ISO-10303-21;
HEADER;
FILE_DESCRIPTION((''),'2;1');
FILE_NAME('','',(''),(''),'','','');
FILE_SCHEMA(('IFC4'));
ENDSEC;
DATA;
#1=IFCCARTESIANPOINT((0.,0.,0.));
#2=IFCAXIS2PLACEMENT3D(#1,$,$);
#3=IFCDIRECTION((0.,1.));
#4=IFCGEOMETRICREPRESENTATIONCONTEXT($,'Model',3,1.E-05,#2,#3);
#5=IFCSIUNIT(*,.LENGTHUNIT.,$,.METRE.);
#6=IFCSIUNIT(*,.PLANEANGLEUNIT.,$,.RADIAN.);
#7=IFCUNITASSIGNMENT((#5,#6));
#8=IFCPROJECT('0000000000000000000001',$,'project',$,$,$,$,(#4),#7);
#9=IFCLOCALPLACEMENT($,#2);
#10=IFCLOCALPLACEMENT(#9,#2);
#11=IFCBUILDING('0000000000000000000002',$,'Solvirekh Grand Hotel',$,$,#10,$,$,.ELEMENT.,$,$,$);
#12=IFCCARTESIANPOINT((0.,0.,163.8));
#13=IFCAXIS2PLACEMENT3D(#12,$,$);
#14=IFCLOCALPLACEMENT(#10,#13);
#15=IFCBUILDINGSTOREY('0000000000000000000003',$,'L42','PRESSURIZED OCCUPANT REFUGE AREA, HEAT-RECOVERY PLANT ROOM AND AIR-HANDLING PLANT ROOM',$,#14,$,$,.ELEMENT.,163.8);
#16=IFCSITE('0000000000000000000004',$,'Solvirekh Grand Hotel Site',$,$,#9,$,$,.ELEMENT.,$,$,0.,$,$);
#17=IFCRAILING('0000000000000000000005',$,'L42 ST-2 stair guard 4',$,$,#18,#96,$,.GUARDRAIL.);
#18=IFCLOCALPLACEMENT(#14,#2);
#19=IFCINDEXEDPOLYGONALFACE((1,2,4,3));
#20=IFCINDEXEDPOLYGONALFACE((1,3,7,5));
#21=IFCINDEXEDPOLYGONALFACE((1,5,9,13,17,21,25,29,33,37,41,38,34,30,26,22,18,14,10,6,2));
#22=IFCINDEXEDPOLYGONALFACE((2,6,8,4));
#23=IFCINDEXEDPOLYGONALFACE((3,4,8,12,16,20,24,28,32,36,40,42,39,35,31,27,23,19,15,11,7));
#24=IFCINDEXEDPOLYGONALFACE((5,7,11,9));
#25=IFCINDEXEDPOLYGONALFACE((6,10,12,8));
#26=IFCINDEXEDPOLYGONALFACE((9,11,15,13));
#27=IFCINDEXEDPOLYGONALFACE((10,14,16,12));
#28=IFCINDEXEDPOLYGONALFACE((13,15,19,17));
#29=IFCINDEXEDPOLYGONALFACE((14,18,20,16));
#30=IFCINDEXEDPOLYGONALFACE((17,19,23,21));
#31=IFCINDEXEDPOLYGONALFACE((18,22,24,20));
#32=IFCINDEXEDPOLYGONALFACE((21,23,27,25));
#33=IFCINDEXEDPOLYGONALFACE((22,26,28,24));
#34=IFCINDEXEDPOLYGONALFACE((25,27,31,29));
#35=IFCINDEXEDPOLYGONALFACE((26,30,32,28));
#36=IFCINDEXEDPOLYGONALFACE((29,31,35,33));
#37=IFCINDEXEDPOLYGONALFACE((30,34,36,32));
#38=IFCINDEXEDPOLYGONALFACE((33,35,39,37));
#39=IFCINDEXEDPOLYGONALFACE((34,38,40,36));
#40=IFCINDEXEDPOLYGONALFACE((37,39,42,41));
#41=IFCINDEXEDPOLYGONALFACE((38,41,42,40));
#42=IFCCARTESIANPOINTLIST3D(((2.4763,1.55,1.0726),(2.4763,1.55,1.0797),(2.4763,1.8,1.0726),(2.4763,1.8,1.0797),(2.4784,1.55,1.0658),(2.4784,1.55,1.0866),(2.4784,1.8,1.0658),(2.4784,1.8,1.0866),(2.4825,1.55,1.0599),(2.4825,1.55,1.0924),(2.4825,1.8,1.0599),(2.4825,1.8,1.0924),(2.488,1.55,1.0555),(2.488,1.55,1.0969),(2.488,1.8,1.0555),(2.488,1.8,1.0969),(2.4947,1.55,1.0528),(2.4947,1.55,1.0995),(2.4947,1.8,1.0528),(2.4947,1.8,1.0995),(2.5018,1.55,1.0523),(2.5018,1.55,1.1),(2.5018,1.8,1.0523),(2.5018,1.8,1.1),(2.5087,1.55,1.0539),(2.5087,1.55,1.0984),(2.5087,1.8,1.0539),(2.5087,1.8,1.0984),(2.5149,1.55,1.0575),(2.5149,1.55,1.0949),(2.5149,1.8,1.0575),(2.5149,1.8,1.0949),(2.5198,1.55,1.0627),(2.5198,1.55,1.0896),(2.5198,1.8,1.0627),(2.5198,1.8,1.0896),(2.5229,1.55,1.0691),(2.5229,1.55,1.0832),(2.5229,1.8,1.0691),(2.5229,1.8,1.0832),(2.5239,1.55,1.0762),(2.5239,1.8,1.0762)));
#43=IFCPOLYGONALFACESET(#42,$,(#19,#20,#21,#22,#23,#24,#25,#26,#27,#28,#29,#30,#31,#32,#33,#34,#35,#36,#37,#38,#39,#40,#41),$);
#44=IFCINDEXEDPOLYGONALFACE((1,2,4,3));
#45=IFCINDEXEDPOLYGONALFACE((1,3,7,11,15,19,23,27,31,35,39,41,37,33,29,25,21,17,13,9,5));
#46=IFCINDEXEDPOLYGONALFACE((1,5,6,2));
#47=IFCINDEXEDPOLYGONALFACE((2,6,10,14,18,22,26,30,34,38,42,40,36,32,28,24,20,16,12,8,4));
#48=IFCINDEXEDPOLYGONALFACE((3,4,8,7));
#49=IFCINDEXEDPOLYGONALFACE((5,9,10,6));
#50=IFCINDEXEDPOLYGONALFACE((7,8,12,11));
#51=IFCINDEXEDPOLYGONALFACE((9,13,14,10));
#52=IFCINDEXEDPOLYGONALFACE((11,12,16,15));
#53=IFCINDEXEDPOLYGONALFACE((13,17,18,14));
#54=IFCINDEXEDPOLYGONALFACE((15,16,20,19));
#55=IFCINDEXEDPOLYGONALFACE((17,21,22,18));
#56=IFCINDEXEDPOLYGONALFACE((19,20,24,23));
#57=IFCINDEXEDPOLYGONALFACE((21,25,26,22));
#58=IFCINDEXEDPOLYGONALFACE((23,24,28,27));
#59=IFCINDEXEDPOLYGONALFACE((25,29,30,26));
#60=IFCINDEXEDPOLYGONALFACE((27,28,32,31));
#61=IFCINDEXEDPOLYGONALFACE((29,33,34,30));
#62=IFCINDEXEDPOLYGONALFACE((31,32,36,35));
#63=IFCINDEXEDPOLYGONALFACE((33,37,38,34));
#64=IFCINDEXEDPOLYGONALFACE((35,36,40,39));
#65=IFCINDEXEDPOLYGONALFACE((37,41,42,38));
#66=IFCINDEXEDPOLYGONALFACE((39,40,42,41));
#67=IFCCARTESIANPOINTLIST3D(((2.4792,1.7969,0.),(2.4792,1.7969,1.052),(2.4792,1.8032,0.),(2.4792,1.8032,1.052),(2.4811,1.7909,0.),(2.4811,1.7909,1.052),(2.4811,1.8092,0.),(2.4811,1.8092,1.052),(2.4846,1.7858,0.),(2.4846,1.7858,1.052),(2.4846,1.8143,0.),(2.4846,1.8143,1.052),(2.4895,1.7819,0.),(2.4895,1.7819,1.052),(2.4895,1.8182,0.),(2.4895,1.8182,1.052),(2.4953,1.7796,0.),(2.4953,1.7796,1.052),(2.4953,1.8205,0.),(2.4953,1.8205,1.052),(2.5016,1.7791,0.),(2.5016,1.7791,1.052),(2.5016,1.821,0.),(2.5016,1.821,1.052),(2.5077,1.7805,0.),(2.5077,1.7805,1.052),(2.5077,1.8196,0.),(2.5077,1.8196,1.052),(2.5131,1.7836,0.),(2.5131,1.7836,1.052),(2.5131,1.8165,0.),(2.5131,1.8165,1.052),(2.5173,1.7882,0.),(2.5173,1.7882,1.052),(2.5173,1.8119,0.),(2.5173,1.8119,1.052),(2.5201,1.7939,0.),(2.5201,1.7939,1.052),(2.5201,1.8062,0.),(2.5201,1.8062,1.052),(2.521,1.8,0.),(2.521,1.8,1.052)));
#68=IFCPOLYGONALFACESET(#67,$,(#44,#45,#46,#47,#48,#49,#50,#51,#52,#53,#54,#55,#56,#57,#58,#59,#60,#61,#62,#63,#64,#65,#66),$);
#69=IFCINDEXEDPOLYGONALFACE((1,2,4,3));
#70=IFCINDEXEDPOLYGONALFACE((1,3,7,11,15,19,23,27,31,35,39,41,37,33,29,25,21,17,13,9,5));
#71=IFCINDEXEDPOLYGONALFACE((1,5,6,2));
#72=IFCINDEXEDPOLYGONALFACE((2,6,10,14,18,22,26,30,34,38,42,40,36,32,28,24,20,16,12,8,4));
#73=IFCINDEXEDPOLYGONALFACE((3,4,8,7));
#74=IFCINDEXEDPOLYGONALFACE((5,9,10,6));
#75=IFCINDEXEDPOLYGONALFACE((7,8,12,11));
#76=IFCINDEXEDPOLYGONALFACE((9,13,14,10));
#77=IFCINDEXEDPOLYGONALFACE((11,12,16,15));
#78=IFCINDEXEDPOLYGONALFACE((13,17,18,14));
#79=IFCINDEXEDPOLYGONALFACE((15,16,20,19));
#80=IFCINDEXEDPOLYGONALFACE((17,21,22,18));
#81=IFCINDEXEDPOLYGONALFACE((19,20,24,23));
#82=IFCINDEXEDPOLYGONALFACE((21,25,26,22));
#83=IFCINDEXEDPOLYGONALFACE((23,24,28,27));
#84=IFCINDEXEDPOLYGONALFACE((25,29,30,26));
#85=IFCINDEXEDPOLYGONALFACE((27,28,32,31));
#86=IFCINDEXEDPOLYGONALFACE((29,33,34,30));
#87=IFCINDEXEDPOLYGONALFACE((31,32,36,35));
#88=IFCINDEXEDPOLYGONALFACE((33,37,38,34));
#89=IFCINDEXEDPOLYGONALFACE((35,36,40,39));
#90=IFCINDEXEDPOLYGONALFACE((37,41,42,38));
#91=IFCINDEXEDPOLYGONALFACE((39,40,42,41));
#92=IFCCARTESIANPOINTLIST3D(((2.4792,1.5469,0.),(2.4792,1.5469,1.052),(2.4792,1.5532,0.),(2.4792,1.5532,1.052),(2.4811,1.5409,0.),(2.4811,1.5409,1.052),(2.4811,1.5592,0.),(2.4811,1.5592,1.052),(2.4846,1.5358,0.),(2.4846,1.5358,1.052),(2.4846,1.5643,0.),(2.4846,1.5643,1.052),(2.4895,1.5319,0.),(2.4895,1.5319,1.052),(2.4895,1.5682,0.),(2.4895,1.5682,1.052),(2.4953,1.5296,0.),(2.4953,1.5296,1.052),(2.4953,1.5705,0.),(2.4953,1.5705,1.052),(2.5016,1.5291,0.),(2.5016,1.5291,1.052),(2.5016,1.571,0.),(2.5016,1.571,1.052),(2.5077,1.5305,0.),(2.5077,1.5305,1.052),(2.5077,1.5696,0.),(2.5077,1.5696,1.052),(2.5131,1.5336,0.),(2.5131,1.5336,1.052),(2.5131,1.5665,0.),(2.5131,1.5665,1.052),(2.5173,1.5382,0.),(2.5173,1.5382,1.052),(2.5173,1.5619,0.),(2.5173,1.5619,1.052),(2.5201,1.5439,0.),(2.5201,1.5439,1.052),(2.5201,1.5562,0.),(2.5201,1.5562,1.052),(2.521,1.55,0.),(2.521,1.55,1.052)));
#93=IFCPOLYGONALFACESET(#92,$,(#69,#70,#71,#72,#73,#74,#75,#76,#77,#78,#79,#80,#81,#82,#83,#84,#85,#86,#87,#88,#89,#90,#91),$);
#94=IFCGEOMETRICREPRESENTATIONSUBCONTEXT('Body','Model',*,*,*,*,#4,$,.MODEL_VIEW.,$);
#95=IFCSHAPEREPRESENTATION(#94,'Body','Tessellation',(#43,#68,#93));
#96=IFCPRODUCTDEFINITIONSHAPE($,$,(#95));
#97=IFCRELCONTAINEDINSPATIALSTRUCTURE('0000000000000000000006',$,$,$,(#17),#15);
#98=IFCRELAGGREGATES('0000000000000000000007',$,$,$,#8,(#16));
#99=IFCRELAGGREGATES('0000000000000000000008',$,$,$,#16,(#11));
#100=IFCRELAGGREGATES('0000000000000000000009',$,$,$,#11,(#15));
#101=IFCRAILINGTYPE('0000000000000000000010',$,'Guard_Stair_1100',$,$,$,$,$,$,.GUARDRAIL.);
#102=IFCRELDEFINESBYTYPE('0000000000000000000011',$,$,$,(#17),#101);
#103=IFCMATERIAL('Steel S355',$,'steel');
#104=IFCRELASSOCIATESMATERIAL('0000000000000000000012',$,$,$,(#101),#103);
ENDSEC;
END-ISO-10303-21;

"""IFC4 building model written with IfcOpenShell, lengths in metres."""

from ifc_helpers import new_model, si_unit, direction, frame, origin, origin_2d, place, context, subcontext, project, spatial, circle, extrude, material, type_object, element, save


model = new_model("IFC4")

# Units and contexts
model_context = context("Model", 3, precision=1e-05, world=origin(), true_north=direction((0.0, 1.0)))
body_context = subcontext(model_context, "Body", "Model", "MODEL_VIEW")
ifc_project = project(units=[si_unit("LENGTHUNIT", "METRE"), si_unit("PLANEANGLEUNIT", "RADIAN")], contexts=[model_context])

# Site, building, storey
site_placement = place(None, origin())
site = spatial("IfcSite", under=ifc_project, at=site_placement, Name="Solvirekh Grand Hotel Site", CompositionType="ELEMENT", RefElevation=0.0)
building_placement = place(site_placement, origin())
building = spatial("IfcBuilding", under=site, at=building_placement, Name="Solvirekh Grand Hotel", CompositionType="ELEMENT")
storey_placement = place(building_placement, frame((0.0, 0.0, 163.8)))
storey = spatial("IfcBuildingStorey", under=building, at=storey_placement, Name="L42", Description="PRESSURIZED OCCUPANT REFUGE AREA, HEAT-RECOVERY PLANT ROOM AND AIR-HANDLING PLANT ROOM", CompositionType="ELEMENT", Elevation=163.8)

# Railing
ifc_material_1 = material(Name="Steel S355", Category="steel")
railing_type_1 = type_object("IfcRailingType", Name="Guard_Stair_1100", PredefinedType="GUARDRAIL", material=ifc_material_1)
railing_1_placement = place(storey_placement, frame((2.5, 1.8, 0.0)))
element("IfcRailing", 1, at=railing_1_placement, inside=storey, type_object=railing_type_1, Name="L42 ST-2 stair guard 4", PredefinedType="GUARDRAIL", context=body_context, shape_type="SweptSolid", body=[
    extrude(circle(Radius=0.0239, at=origin_2d()), frame((0.0, 0.0, 1.0762), z_axis=(0.0, -1.0, 0.0), x_axis=(1.0, 0.0, 0.0)), (0.0, 0.0, 1.0), 0.25),
    extrude(circle(Radius=0.021, at=origin_2d()), origin(), (0.0, 0.0, 1.0), 1.052),
    extrude(circle(Radius=0.021, at=origin_2d()), frame((0.0, -0.25, 0.0)), (0.0, 0.0, 1.0), 1.052),
])

save(model, "model.ifc")
